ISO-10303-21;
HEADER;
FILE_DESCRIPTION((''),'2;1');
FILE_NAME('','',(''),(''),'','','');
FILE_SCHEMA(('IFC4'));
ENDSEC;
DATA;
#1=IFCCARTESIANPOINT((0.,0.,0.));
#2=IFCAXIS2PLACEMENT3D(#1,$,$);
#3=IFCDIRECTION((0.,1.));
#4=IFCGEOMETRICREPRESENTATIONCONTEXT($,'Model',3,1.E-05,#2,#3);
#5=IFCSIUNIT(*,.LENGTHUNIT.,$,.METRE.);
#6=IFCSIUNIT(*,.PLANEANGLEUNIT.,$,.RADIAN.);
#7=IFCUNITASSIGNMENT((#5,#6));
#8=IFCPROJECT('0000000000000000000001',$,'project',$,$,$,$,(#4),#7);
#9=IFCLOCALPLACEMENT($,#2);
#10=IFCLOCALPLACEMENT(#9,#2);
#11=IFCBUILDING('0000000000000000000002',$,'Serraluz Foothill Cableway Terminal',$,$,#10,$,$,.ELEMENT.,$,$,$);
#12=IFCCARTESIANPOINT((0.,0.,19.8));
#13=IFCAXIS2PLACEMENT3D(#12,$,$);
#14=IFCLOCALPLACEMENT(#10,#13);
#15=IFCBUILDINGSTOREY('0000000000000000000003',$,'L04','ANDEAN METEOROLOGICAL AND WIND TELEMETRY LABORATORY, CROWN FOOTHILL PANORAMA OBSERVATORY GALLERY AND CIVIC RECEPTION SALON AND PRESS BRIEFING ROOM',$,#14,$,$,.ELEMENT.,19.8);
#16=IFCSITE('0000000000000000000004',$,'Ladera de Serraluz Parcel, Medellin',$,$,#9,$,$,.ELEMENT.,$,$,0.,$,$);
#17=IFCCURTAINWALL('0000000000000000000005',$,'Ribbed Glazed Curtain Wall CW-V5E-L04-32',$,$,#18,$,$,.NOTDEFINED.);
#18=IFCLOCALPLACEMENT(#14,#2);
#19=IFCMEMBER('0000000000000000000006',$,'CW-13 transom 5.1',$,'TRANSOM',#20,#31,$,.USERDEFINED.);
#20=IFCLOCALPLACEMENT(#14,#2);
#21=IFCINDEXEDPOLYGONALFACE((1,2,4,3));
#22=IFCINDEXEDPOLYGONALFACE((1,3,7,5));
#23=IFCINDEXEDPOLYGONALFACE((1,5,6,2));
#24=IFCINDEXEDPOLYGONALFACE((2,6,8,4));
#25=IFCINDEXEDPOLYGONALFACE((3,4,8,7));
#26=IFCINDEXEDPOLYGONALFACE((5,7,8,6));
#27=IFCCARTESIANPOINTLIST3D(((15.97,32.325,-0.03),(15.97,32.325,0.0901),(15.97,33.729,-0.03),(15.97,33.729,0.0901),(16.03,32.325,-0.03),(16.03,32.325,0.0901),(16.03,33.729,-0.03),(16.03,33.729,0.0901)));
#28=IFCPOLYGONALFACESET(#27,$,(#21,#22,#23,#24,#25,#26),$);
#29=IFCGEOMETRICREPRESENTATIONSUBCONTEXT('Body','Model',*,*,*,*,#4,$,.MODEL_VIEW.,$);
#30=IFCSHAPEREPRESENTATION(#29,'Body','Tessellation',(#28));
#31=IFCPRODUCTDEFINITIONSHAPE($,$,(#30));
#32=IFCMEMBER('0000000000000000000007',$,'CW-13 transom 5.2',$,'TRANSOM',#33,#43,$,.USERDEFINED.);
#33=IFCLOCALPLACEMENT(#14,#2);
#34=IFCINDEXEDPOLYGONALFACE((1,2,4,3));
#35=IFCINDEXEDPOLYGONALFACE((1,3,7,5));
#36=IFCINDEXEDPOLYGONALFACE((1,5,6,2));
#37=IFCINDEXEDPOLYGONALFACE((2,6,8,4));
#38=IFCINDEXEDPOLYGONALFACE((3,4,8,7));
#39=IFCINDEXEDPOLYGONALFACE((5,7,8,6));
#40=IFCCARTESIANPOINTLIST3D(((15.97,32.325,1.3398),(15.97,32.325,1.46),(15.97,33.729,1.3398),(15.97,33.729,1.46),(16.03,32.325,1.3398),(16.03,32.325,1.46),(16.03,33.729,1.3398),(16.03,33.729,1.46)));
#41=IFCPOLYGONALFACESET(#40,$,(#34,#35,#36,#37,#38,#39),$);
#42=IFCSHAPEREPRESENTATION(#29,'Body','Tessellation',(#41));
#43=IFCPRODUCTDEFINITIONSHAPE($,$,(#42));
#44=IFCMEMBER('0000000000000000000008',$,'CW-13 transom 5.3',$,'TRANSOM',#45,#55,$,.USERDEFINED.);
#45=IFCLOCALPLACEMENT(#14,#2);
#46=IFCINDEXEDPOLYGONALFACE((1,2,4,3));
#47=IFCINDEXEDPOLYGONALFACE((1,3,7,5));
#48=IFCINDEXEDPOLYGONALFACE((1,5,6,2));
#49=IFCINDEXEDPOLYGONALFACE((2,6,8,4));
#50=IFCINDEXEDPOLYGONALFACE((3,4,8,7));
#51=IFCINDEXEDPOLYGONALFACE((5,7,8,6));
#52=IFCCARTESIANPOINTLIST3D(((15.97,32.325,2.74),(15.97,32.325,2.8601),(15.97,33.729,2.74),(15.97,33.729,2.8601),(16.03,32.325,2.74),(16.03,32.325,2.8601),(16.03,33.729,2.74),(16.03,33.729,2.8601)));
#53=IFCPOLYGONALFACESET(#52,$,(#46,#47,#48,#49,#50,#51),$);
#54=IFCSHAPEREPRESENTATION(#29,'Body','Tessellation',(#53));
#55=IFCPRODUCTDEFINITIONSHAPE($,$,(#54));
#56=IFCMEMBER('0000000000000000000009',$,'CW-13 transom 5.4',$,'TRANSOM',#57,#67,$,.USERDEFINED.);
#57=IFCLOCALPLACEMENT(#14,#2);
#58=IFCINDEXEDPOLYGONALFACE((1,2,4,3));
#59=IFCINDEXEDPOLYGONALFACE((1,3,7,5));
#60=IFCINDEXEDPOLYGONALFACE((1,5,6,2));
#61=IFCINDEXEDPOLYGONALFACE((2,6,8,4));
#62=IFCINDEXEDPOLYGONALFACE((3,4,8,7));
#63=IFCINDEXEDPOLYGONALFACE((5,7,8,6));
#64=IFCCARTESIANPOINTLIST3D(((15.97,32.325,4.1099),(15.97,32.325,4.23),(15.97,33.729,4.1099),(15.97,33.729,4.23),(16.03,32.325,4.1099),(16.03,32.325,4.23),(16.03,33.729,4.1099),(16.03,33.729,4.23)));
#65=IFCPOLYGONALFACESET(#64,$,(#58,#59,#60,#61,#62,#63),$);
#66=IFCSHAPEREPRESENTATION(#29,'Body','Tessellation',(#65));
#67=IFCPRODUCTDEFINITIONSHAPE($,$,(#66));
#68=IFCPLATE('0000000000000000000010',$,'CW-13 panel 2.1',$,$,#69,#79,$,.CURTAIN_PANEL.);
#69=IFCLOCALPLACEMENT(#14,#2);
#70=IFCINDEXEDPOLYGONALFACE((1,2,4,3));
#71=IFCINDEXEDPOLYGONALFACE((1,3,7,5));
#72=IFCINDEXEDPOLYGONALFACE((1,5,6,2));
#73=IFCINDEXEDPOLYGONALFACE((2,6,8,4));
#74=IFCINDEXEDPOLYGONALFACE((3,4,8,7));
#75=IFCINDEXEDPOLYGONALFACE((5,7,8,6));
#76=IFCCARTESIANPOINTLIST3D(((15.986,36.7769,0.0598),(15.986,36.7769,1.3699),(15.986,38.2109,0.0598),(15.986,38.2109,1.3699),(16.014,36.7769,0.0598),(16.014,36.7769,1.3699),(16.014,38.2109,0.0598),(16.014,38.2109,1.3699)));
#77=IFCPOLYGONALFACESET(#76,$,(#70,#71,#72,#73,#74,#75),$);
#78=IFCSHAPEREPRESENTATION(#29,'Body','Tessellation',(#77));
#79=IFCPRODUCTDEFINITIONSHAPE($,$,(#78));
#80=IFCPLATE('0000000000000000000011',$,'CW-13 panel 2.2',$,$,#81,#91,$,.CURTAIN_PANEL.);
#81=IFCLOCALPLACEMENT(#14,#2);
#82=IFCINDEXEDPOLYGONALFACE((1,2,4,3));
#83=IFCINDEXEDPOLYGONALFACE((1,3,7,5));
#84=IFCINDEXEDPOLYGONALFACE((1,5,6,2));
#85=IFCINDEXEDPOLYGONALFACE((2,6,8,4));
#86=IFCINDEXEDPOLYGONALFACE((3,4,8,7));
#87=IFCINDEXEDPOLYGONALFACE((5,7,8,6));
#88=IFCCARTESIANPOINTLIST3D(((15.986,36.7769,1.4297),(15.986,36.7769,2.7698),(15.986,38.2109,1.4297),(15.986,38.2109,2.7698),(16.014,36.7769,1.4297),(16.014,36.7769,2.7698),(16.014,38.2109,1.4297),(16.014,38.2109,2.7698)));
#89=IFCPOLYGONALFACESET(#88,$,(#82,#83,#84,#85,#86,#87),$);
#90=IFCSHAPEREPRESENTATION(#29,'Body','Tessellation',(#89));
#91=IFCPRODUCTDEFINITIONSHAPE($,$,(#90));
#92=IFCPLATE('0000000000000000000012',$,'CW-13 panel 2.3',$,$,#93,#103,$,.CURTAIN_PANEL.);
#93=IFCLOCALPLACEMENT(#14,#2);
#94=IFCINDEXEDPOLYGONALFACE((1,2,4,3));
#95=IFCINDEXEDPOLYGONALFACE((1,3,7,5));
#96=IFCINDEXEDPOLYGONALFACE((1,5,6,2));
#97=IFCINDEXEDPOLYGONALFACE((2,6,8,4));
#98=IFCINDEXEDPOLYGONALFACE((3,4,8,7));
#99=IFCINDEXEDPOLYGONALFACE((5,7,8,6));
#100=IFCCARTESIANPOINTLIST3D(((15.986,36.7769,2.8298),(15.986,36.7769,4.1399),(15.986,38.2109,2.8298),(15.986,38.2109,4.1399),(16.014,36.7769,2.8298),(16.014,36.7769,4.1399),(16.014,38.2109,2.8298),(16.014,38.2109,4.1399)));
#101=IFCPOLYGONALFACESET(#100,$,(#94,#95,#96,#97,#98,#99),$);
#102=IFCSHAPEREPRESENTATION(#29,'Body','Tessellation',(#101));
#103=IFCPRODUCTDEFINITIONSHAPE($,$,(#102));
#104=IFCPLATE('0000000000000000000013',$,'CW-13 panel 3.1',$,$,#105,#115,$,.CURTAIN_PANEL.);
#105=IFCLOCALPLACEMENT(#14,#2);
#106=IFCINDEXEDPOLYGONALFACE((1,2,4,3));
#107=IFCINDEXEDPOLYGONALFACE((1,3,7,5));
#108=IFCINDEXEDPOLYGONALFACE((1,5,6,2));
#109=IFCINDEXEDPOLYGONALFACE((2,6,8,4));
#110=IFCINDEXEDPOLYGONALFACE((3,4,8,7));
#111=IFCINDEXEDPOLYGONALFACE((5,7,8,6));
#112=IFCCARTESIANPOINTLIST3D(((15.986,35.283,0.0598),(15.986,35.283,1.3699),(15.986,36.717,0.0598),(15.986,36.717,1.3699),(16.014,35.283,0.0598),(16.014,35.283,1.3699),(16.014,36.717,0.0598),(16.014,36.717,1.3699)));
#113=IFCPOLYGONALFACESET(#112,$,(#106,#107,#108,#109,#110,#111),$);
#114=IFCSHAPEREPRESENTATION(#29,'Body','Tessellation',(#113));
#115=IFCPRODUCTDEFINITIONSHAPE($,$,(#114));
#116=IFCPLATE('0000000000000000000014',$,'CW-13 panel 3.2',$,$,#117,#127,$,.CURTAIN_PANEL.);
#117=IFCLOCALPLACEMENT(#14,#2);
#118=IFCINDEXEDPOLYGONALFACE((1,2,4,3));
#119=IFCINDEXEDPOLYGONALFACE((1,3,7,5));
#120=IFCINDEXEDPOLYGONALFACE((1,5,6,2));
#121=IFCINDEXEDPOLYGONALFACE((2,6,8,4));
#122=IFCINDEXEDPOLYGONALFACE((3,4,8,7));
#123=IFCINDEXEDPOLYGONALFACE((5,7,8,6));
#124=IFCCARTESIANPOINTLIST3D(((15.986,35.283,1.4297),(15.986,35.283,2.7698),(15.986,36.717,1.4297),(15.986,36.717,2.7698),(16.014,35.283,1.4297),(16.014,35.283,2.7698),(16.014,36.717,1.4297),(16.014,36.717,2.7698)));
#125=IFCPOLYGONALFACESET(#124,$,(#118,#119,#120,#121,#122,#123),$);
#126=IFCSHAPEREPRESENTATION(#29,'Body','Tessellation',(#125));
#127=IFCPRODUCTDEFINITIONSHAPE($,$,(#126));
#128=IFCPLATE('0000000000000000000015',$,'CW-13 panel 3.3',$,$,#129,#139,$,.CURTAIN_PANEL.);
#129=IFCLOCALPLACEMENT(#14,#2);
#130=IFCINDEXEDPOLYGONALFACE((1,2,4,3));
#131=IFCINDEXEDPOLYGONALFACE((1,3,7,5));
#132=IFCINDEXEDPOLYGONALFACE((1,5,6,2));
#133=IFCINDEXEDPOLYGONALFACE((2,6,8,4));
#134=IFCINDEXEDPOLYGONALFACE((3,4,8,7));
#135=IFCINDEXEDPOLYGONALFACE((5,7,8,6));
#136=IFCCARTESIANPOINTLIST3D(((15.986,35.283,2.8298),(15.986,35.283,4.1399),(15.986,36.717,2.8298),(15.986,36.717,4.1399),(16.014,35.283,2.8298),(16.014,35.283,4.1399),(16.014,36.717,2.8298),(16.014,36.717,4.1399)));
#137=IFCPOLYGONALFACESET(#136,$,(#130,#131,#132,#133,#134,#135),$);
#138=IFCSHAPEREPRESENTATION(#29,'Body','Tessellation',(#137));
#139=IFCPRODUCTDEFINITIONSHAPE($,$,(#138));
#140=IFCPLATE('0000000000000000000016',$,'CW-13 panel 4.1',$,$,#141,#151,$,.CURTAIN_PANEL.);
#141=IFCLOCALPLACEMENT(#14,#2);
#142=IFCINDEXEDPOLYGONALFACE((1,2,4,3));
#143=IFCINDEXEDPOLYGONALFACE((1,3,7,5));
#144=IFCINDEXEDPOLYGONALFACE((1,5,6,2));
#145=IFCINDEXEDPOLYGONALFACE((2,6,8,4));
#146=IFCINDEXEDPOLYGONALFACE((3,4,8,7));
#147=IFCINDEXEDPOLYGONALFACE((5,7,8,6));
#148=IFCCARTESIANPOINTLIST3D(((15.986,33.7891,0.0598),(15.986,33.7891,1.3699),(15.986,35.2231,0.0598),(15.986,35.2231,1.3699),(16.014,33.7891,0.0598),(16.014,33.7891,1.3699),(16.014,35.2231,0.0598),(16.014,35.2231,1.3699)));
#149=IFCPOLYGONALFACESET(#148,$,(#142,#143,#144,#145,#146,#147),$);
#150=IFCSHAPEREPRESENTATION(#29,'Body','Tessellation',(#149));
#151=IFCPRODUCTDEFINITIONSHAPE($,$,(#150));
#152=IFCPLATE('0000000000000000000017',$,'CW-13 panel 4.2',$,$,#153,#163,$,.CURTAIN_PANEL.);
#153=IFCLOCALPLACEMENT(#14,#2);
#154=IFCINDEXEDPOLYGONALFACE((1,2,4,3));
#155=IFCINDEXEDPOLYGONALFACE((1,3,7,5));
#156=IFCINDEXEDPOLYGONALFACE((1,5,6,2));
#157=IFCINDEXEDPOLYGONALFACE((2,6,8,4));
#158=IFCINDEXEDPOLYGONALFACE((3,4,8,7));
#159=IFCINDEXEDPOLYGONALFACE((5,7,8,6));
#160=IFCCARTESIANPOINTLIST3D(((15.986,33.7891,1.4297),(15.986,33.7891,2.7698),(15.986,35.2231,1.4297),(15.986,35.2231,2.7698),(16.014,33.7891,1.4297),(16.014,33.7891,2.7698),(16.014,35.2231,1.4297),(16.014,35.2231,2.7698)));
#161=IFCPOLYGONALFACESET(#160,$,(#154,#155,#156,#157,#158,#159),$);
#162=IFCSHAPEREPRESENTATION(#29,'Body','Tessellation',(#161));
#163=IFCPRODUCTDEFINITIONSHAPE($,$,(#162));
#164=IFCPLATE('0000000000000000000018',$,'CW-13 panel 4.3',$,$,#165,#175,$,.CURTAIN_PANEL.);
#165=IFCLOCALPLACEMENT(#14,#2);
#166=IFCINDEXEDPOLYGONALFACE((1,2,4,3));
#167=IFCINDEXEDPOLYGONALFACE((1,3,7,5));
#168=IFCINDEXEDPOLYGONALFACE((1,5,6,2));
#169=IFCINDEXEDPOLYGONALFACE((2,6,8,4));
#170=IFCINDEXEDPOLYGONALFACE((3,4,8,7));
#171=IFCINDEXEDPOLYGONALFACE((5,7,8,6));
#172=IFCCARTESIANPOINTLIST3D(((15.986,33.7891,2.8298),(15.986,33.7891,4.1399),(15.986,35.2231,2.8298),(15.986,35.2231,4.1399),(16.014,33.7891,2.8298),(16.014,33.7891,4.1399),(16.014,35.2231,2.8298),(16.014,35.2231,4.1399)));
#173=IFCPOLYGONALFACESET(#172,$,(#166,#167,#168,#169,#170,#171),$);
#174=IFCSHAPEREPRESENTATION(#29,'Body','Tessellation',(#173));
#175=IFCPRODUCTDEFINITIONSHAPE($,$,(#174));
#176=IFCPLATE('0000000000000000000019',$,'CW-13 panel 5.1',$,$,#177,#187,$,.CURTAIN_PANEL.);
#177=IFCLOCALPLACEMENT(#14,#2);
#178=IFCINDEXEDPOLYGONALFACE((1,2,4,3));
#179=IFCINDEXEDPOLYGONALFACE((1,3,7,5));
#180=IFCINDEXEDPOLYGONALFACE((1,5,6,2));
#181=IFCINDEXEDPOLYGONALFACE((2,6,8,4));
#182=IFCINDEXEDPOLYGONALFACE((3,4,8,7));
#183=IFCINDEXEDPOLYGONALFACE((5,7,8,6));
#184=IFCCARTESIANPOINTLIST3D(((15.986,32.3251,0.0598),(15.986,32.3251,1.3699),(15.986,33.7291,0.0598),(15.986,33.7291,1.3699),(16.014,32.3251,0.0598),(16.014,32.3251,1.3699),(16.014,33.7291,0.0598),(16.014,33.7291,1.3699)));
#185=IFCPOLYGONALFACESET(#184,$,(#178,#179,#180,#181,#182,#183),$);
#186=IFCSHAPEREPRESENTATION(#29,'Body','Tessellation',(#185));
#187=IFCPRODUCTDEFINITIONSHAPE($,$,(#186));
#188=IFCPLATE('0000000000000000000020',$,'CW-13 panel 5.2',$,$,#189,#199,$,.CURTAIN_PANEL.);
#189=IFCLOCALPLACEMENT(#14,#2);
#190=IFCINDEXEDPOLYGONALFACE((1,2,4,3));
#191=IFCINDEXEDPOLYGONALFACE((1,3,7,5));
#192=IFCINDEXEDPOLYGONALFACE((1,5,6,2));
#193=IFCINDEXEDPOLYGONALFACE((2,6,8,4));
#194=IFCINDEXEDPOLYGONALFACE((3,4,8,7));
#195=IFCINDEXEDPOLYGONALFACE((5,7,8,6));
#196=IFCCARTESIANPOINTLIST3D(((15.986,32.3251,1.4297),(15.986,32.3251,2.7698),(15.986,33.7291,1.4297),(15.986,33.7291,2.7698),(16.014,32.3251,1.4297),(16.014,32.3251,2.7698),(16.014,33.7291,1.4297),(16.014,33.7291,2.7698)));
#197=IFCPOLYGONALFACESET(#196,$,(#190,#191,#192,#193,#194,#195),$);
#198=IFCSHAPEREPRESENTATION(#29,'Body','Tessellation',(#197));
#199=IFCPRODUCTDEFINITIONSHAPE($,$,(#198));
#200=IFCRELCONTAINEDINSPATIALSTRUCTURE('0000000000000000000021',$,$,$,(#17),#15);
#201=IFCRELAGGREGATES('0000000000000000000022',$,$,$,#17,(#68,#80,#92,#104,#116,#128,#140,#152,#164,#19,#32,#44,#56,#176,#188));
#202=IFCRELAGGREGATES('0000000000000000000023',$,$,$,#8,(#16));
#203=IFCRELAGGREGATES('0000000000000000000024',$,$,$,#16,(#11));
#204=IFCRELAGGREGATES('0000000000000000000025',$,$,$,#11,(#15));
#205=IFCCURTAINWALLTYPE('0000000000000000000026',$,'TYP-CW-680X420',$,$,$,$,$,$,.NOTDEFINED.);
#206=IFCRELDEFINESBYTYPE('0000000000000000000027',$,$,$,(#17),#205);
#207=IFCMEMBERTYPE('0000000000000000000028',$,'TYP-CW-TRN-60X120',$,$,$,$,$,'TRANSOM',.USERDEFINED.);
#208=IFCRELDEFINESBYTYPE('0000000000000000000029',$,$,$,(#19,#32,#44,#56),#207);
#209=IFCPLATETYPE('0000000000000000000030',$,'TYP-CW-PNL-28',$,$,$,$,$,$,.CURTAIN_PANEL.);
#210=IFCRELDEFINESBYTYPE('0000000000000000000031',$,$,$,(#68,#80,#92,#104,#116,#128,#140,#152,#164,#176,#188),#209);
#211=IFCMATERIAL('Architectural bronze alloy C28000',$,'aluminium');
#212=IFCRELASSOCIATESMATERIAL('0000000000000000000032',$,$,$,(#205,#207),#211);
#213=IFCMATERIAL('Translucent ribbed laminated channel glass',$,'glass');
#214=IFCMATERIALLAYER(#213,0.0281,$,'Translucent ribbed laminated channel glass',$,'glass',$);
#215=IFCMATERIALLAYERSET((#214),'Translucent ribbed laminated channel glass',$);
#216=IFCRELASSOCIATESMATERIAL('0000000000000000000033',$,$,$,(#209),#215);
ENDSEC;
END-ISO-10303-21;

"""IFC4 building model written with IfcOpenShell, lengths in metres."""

from ifc_helpers import new_model, si_unit, direction, frame, origin, origin_2d, place, context, subcontext, project, spatial, rectangle, extrude, material, layer, layer_set, material_profile, profile_set, type_object, element, aggregate, save


model = new_model("IFC4")

# Units and contexts
model_context = context("Model", 3, precision=1e-05, world=origin(), true_north=direction((0.0, 1.0)))
body_context = subcontext(model_context, "Body", "Model", "MODEL_VIEW")
ifc_project = project(units=[si_unit("LENGTHUNIT", "METRE"), si_unit("PLANEANGLEUNIT", "RADIAN")], contexts=[model_context])

# Site, building, storey
site_placement = place(None, origin())
site = spatial("IfcSite", under=ifc_project, at=site_placement, Name="Ladera de Serraluz Parcel, Medellin", CompositionType="ELEMENT", RefElevation=0.0)
building_placement = place(site_placement, origin())
building = spatial("IfcBuilding", under=site, at=building_placement, Name="Serraluz Foothill Cableway Terminal", CompositionType="ELEMENT")
storey_placement = place(building_placement, frame((0.0, 0.0, 19.8)))
storey = spatial("IfcBuildingStorey", under=building, at=storey_placement, Name="L04", Description="ANDEAN METEOROLOGICAL AND WIND TELEMETRY LABORATORY, CROWN FOOTHILL PANORAMA OBSERVATORY GALLERY AND CIVIC RECEPTION SALON AND PRESS BRIEFING ROOM", CompositionType="ELEMENT", Elevation=19.8)

# Curtain wall, members, plates
ifc_material_1 = material(Name="Architectural bronze alloy C28000", Category="aluminium")
curtain_wall_type = type_object("IfcCurtainWallType", Name="TYP-CW-680X420", PredefinedType="NOTDEFINED", material=ifc_material_1)
curtain_wall_placement = place(storey_placement, origin())
curtain_wall = element("IfcCurtainWall", 1, at=curtain_wall_placement, inside=storey, type_object=curtain_wall_type, Name="Ribbed Glazed Curtain Wall CW-V5E-L04-32", PredefinedType="NOTDEFINED")
ifc_material_profile_1 = material_profile(ifc_material_1, rectangle(XDim=0.0601, YDim=0.1201, at=origin_2d()), Name="ALU TRANSOM 60x120")
ifc_profile_set_1 = profile_set([ifc_material_profile_1], Name="Architectural bronze alloy C28000")
member_type_1 = type_object("IfcMemberType", Name="TYP-CW-TRN-60X120", ElementType="TRANSOM", PredefinedType="USERDEFINED", material=ifc_profile_set_1)
member_1_placement = place(storey_placement, frame((16.0, 33.729, 0.03), z_axis=(0.0, -1.0, 0.0), x_axis=(1.0, 0.0, 0.0)))
member_1 = element("IfcMember", 2, at=member_1_placement, type_object=member_type_1, Name="CW-13 transom 5.1", ObjectType="TRANSOM", PredefinedType="USERDEFINED", context=body_context, shape_type="SweptSolid", body=[
    extrude(rectangle(XDim=0.0601, YDim=0.1201, at=origin_2d()), origin(), (0.0, 0.0, 1.0), 1.4041),
])
member_2_placement = place(storey_placement, frame((16.0, 33.729, 1.3999), z_axis=(0.0, -1.0, 0.0), x_axis=(1.0, 0.0, 0.0)))
member_2 = element("IfcMember", 3, at=member_2_placement, type_object=member_type_1, Name="CW-13 transom 5.2", ObjectType="TRANSOM", PredefinedType="USERDEFINED", context=body_context, shape_type="SweptSolid", body=[
    extrude(rectangle(XDim=0.0601, YDim=0.1201, at=origin_2d()), origin(), (0.0, 0.0, 1.0), 1.4041),
])
member_3_placement = place(storey_placement, frame((16.0, 33.729, 2.8), z_axis=(0.0, -1.0, 0.0), x_axis=(1.0, 0.0, 0.0)))
member_3 = element("IfcMember", 4, at=member_3_placement, type_object=member_type_1, Name="CW-13 transom 5.3", ObjectType="TRANSOM", PredefinedType="USERDEFINED", context=body_context, shape_type="SweptSolid", body=[
    extrude(rectangle(XDim=0.0601, YDim=0.1201, at=origin_2d()), origin(), (0.0, 0.0, 1.0), 1.4041),
])
member_4_placement = place(storey_placement, frame((16.0, 33.729, 4.1699), z_axis=(0.0, -1.0, 0.0), x_axis=(1.0, 0.0, 0.0)))
member_4 = element("IfcMember", 5, at=member_4_placement, type_object=member_type_1, Name="CW-13 transom 5.4", ObjectType="TRANSOM", PredefinedType="USERDEFINED", context=body_context, shape_type="SweptSolid", body=[
    extrude(rectangle(XDim=0.0601, YDim=0.1201, at=origin_2d()), origin(), (0.0, 0.0, 1.0), 1.4041),
])
ifc_material_2 = material(Name="Translucent ribbed laminated channel glass", Category="glass")
ifc_layer = layer(ifc_material_2, 0.0281, Name="Translucent ribbed laminated channel glass", Category="glass")
ifc_layer_set = layer_set([ifc_layer], Name="Translucent ribbed laminated channel glass")
plate_type = type_object("IfcPlateType", Name="TYP-CW-PNL-28", PredefinedType="CURTAIN_PANEL", material=ifc_layer_set)
plate_1_placement = place(storey_placement, frame((16.0, 37.4939, 0.0598), z_axis=(0.0, 0.0, 1.0), x_axis=(0.0, -1.0, 0.0)))
plate_1 = element("IfcPlate", 6, at=plate_1_placement, type_object=plate_type, Name="CW-13 panel 2.1", PredefinedType="CURTAIN_PANEL", context=body_context, shape_type="SweptSolid", body=[
    extrude(rectangle(XDim=1.4341, YDim=0.0281, at=origin_2d()), origin(), (0.0, 0.0, 1.0), 1.3101),
])
plate_2_placement = place(storey_placement, frame((16.0, 37.4939, 1.4297), z_axis=(0.0, 0.0, 1.0), x_axis=(0.0, -1.0, 0.0)))
plate_2 = element("IfcPlate", 7, at=plate_2_placement, type_object=plate_type, Name="CW-13 panel 2.2", PredefinedType="CURTAIN_PANEL", context=body_context, shape_type="SweptSolid", body=[
    extrude(rectangle(XDim=1.4341, YDim=0.0281, at=origin_2d()), origin(), (0.0, 0.0, 1.0), 1.3401),
])
plate_3_placement = place(storey_placement, frame((16.0, 37.4939, 2.8298), z_axis=(0.0, 0.0, 1.0), x_axis=(0.0, -1.0, 0.0)))
plate_3 = element("IfcPlate", 8, at=plate_3_placement, type_object=plate_type, Name="CW-13 panel 2.3", PredefinedType="CURTAIN_PANEL", context=body_context, shape_type="SweptSolid", body=[
    extrude(rectangle(XDim=1.4341, YDim=0.0281, at=origin_2d()), origin(), (0.0, 0.0, 1.0), 1.3101),
])
plate_4_placement = place(storey_placement, frame((16.0, 36.0, 0.0598), z_axis=(0.0, 0.0, 1.0), x_axis=(0.0, -1.0, 0.0)))
plate_4 = element("IfcPlate", 9, at=plate_4_placement, type_object=plate_type, Name="CW-13 panel 3.1", PredefinedType="CURTAIN_PANEL", context=body_context, shape_type="SweptSolid", body=[
    extrude(rectangle(XDim=1.4341, YDim=0.0281, at=origin_2d()), origin(), (0.0, 0.0, 1.0), 1.3101),
])
plate_5_placement = place(storey_placement, frame((16.0, 36.0, 1.4297), z_axis=(0.0, 0.0, 1.0), x_axis=(0.0, -1.0, 0.0)))
plate_5 = element("IfcPlate", 10, at=plate_5_placement, type_object=plate_type, Name="CW-13 panel 3.2", PredefinedType="CURTAIN_PANEL", context=body_context, shape_type="SweptSolid", body=[
    extrude(rectangle(XDim=1.4341, YDim=0.0281, at=origin_2d()), origin(), (0.0, 0.0, 1.0), 1.3401),
])
plate_6_placement = place(storey_placement, frame((16.0, 36.0, 2.8298), z_axis=(0.0, 0.0, 1.0), x_axis=(0.0, -1.0, 0.0)))
plate_6 = element("IfcPlate", 11, at=plate_6_placement, type_object=plate_type, Name="CW-13 panel 3.3", PredefinedType="CURTAIN_PANEL", context=body_context, shape_type="SweptSolid", body=[
    extrude(rectangle(XDim=1.4341, YDim=0.0281, at=origin_2d()), origin(), (0.0, 0.0, 1.0), 1.3101),
])
plate_7_placement = place(storey_placement, frame((16.0, 34.5061, 0.0598), z_axis=(0.0, 0.0, 1.0), x_axis=(0.0, -1.0, 0.0)))
plate_7 = element("IfcPlate", 12, at=plate_7_placement, type_object=plate_type, Name="CW-13 panel 4.1", PredefinedType="CURTAIN_PANEL", context=body_context, shape_type="SweptSolid", body=[
    extrude(rectangle(XDim=1.4341, YDim=0.0281, at=origin_2d()), origin(), (0.0, 0.0, 1.0), 1.3101),
])
plate_8_placement = place(storey_placement, frame((16.0, 34.5061, 1.4297), z_axis=(0.0, 0.0, 1.0), x_axis=(0.0, -1.0, 0.0)))
plate_8 = element("IfcPlate", 13, at=plate_8_placement, type_object=plate_type, Name="CW-13 panel 4.2", PredefinedType="CURTAIN_PANEL", context=body_context, shape_type="SweptSolid", body=[
    extrude(rectangle(XDim=1.4341, YDim=0.0281, at=origin_2d()), origin(), (0.0, 0.0, 1.0), 1.3401),
])
plate_9_placement = place(storey_placement, frame((16.0, 34.5061, 2.8298), z_axis=(0.0, 0.0, 1.0), x_axis=(0.0, -1.0, 0.0)))
plate_9 = element("IfcPlate", 14, at=plate_9_placement, type_object=plate_type, Name="CW-13 panel 4.3", PredefinedType="CURTAIN_PANEL", context=body_context, shape_type="SweptSolid", body=[
    extrude(rectangle(XDim=1.4341, YDim=0.0281, at=origin_2d()), origin(), (0.0, 0.0, 1.0), 1.3101),
])
plate_10_placement = place(storey_placement, frame((16.0, 33.0271, 0.0598), z_axis=(0.0, 0.0, 1.0), x_axis=(0.0, -1.0, 0.0)))
plate_10 = element("IfcPlate", 15, at=plate_10_placement, type_object=plate_type, Name="CW-13 panel 5.1", PredefinedType="CURTAIN_PANEL", context=body_context, shape_type="SweptSolid", body=[
    extrude(rectangle(XDim=1.4041, YDim=0.0281, at=origin_2d()), origin(), (0.0, 0.0, 1.0), 1.3101),
])
plate_11_placement = place(storey_placement, frame((16.0, 33.0271, 1.4297), z_axis=(0.0, 0.0, 1.0), x_axis=(0.0, -1.0, 0.0)))
plate_11 = element("IfcPlate", 16, at=plate_11_placement, type_object=plate_type, Name="CW-13 panel 5.2", PredefinedType="CURTAIN_PANEL", context=body_context, shape_type="SweptSolid", body=[
    extrude(rectangle(XDim=1.4041, YDim=0.0281, at=origin_2d()), origin(), (0.0, 0.0, 1.0), 1.3401),
])
aggregate(curtain_wall, [plate_1, plate_2, plate_3, plate_4, plate_5, plate_6, plate_7, plate_8, plate_9, member_1, member_2, member_3, member_4, plate_10, plate_11])

save(model, "model.ifc")
